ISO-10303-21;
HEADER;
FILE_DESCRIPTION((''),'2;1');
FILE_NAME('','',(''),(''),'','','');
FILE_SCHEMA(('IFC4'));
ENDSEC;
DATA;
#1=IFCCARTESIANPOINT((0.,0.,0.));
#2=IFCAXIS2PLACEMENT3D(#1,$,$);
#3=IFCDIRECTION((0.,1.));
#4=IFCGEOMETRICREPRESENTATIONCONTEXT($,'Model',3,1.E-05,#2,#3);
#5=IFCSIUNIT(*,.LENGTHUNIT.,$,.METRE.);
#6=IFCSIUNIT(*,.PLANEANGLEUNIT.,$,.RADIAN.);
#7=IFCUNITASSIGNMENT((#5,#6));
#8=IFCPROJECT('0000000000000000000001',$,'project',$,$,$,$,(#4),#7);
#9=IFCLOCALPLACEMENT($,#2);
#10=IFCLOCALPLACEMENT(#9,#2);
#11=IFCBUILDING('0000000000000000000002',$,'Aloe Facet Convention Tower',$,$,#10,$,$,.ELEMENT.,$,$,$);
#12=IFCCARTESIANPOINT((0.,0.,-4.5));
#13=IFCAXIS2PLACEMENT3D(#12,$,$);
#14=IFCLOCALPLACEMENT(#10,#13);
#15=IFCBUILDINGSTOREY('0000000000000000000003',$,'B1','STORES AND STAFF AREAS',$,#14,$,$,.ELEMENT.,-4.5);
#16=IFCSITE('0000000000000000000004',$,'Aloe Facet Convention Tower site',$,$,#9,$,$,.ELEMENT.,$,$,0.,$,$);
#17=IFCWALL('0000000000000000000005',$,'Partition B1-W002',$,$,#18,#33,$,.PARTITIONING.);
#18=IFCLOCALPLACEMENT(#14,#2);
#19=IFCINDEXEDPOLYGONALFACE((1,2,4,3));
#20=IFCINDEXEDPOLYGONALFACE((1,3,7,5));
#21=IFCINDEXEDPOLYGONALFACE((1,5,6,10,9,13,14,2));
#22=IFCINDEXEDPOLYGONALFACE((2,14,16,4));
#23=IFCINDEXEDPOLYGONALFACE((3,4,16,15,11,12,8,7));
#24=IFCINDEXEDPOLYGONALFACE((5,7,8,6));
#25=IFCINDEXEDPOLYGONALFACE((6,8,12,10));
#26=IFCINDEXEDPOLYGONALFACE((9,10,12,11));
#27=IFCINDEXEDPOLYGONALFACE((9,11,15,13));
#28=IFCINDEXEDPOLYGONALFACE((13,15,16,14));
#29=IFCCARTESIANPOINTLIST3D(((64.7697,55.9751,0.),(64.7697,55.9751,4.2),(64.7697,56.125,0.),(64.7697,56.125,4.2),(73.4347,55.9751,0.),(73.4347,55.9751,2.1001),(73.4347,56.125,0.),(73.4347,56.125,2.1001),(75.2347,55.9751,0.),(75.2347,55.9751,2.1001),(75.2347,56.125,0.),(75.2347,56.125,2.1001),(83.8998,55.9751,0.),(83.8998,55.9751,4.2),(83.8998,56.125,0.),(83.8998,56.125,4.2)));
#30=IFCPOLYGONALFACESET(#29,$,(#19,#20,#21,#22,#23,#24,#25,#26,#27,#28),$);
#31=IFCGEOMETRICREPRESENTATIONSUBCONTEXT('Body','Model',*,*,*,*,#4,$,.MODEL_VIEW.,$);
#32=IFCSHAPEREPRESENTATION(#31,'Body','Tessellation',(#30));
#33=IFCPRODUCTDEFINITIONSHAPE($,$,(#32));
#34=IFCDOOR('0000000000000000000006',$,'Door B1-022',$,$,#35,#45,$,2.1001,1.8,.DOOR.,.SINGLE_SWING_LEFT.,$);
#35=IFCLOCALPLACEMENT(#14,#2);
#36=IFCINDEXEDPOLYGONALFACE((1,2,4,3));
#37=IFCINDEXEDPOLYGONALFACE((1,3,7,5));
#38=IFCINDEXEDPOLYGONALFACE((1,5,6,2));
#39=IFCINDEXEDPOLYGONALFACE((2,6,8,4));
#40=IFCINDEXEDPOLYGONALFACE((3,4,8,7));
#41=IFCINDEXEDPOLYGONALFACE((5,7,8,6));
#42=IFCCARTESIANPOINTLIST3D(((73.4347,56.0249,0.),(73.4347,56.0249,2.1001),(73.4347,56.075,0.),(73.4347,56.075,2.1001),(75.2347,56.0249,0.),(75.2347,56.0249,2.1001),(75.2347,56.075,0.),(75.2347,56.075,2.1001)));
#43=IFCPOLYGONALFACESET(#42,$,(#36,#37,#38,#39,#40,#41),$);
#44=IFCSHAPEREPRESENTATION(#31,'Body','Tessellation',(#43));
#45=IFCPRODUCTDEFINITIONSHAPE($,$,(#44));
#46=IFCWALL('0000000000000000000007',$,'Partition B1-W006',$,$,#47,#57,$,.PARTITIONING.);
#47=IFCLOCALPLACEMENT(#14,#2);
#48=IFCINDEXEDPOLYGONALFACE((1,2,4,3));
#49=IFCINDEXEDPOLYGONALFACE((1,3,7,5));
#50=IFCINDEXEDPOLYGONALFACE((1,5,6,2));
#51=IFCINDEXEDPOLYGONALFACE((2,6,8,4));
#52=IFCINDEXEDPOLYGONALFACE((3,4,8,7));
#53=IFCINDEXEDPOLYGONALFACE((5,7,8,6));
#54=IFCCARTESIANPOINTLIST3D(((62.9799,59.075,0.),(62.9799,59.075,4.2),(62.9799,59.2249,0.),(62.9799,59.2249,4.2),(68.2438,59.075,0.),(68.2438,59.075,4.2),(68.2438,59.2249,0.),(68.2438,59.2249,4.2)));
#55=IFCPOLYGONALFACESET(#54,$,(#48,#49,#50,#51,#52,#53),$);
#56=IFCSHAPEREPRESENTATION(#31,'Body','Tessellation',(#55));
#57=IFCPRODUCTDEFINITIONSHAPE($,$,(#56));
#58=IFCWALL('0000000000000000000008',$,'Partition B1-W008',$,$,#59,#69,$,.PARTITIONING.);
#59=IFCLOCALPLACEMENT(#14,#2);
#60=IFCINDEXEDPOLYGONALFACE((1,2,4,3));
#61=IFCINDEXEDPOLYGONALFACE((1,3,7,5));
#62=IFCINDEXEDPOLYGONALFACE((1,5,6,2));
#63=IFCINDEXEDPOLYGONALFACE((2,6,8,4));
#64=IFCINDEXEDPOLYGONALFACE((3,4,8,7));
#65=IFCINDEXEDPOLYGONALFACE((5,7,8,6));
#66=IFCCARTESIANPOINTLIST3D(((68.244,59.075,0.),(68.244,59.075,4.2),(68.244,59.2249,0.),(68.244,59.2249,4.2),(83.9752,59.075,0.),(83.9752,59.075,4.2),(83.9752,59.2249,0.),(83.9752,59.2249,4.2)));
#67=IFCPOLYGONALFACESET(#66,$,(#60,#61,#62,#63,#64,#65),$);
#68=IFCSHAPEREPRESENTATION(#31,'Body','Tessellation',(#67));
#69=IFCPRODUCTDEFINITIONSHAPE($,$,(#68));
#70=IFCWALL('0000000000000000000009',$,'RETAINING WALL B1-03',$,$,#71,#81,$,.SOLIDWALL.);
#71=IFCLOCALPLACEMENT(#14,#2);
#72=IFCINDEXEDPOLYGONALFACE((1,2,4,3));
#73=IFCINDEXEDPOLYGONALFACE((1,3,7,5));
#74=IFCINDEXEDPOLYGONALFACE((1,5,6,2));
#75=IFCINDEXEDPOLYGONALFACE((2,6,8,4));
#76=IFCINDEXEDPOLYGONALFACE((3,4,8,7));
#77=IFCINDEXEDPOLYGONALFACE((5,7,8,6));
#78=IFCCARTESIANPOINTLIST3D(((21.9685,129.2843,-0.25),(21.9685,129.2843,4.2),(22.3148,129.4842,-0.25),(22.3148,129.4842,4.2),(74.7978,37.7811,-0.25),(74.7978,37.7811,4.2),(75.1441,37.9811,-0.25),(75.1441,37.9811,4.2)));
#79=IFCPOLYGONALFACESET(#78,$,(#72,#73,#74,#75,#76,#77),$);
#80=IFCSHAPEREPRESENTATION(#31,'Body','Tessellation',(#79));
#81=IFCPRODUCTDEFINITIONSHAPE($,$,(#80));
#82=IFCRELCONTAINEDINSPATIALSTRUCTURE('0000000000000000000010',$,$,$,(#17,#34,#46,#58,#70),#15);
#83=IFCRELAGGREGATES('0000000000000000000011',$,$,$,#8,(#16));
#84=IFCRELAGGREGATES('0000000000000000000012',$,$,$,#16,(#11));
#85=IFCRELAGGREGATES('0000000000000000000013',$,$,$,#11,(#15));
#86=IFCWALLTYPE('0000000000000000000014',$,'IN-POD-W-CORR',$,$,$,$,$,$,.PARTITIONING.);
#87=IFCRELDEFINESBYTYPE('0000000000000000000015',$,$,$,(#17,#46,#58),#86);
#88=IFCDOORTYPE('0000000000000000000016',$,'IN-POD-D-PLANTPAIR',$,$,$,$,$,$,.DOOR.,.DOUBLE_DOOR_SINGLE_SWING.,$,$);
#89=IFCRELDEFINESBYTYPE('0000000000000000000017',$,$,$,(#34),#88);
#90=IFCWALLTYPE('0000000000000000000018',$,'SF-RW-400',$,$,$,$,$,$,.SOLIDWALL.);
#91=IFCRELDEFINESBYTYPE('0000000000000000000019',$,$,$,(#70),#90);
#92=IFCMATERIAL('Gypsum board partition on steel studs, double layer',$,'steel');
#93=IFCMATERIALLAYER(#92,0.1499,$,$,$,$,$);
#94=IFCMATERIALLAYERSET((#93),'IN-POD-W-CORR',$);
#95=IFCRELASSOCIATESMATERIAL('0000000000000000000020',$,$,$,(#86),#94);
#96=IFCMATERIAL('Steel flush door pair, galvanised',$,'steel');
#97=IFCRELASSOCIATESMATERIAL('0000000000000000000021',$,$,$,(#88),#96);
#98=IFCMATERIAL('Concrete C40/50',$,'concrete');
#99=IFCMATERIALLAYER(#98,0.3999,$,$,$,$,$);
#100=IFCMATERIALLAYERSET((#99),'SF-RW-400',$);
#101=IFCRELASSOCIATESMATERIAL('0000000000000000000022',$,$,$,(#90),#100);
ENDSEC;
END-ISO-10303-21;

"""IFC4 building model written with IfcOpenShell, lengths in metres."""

from ifc_helpers import new_model, si_unit, direction, frame, frame_2d, origin, place, context, subcontext, project, spatial, rectangle, extrude, material, layer, layer_set, type_object, element, fill, save


model = new_model("IFC4")

# Units and contexts
model_context = context("Model", 3, precision=1e-05, world=origin(), true_north=direction((0.0, 1.0)))
body_context = subcontext(model_context, "Body", "Model", "MODEL_VIEW")
ifc_project = project(units=[si_unit("LENGTHUNIT", "METRE"), si_unit("PLANEANGLEUNIT", "RADIAN")], contexts=[model_context])

# Site, building, storey
site_placement = place(None, origin())
site = spatial("IfcSite", under=ifc_project, at=site_placement, Name="Aloe Facet Convention Tower site", CompositionType="ELEMENT", RefElevation=0.0)
building_placement = place(site_placement, origin())
building = spatial("IfcBuilding", under=site, at=building_placement, Name="Aloe Facet Convention Tower", CompositionType="ELEMENT")
storey_placement = place(building_placement, frame((0.0, 0.0, -4.5)))
storey = spatial("IfcBuildingStorey", under=building, at=storey_placement, Name="B1", Description="STORES AND STAFF AREAS", CompositionType="ELEMENT", Elevation=-4.5)

# Wall, opening, door
ifc_material_1 = material(Name="Gypsum board partition on steel studs, double layer", Category="steel")
ifc_layer_1 = layer(ifc_material_1, 0.1499)
ifc_layer_set_1 = layer_set([ifc_layer_1], Name="IN-POD-W-CORR")
wall_type_1 = type_object("IfcWallType", Name="IN-POD-W-CORR", PredefinedType="PARTITIONING", material=ifc_layer_set_1)
wall_1_placement = place(storey_placement, frame((64.7698, 56.05, 0.0), z_axis=(0.0, 0.0, 1.0), x_axis=(1.0, 0.0, 0.0)))
wall_1 = element("IfcWall", 1, at=wall_1_placement, inside=storey, type_object=wall_type_1, Name="Partition B1-W002", PredefinedType="PARTITIONING", context=body_context, shape_type="SweptSolid", body=[
    extrude(rectangle(XDim=19.1301, YDim=0.1499, at=frame_2d((9.5649, 0.0))), origin(), (0.0, 0.0, 1.0), 4.2),
])
opening_placement = place(wall_1_placement, frame((8.665, 0.0, 0.0)))
opening = element("IfcOpeningElement", 2, at=opening_placement, cuts=wall_1, PredefinedType="OPENING", context=body_context, shape_type="SweptSolid", body=[
    extrude(rectangle(XDim=1.8, YDim=2.1001, at=frame_2d((0.8999, 1.05))), frame((0.0, 0.085, 0.0), z_axis=(0.0, -1.0, 0.0), x_axis=(1.0, 0.0, 0.0)), (0.0, 0.0, 1.0), 0.1699),
])
ifc_material_2 = material(Name="Steel flush door pair, galvanised", Category="steel")
door_type = type_object("IfcDoorType", Name="IN-POD-D-PLANTPAIR", OperationType="DOUBLE_DOOR_SINGLE_SWING", PredefinedType="DOOR", material=ifc_material_2)
door_placement = place(opening_placement, origin())
door = element("IfcDoor", 3, at=door_placement, inside=storey, type_object=door_type, Name="Door B1-022", OperationType="SINGLE_SWING_LEFT", OverallHeight=2.1001, OverallWidth=1.8, PredefinedType="DOOR", context=body_context, shape_type="SweptSolid", body=[
    extrude(rectangle(XDim=1.8, YDim=2.1001, at=frame_2d((0.8999, 1.05))), frame((0.0, 0.0249, 0.0), z_axis=(0.0, -1.0, 0.0), x_axis=(1.0, 0.0, 0.0)), (0.0, 0.0, 1.0), 0.05),
])
fill(opening, door)

# Walls
wall_2_placement = place(storey_placement, frame((62.98, 59.1499, 0.0), z_axis=(0.0, 0.0, 1.0), x_axis=(1.0, 0.0, 0.0)))
element("IfcWall", 4, at=wall_2_placement, inside=storey, type_object=wall_type_1, Name="Partition B1-W006", PredefinedType="PARTITIONING", context=body_context, shape_type="SweptSolid", body=[
    extrude(rectangle(XDim=5.2639, YDim=0.1499, at=frame_2d((2.6318, 0.0))), origin(), (0.0, 0.0, 1.0), 4.2),
])
wall_3_placement = place(storey_placement, frame((68.2439, 59.1499, 0.0), z_axis=(0.0, 0.0, 1.0), x_axis=(1.0, 0.0, 0.0)))
element("IfcWall", 5, at=wall_3_placement, inside=storey, type_object=wall_type_1, Name="Partition B1-W008", PredefinedType="PARTITIONING", context=body_context, shape_type="SweptSolid", body=[
    extrude(rectangle(XDim=15.7312, YDim=0.1499, at=frame_2d((7.8657, 0.0))), origin(), (0.0, 0.0, 1.0), 4.2),
])
ifc_material_3 = material(Name="Concrete C40/50", Category="concrete")
ifc_layer_2 = layer(ifc_material_3, 0.3999)
ifc_layer_set_2 = layer_set([ifc_layer_2], Name="SF-RW-400")
wall_type_2 = type_object("IfcWallType", Name="SF-RW-400", PredefinedType="SOLIDWALL", material=ifc_layer_set_2)
wall_4_placement = place(storey_placement, frame((74.9709, 37.8811, -0.25), z_axis=(0.0, 0.0, 1.0), x_axis=(-0.5, 0.866026, 0.0)))
element("IfcWall", 6, at=wall_4_placement, inside=storey, type_object=wall_type_2, Name="RETAINING WALL B1-03", PredefinedType="SOLIDWALL", context=body_context, shape_type="SweptSolid", body=[
    extrude(rectangle(XDim=105.6587, YDim=0.3999, at=frame_2d((52.8293, 0.0))), origin(), (0.0, 0.0, 1.0), 4.45),
])

save(model, "model.ifc")
